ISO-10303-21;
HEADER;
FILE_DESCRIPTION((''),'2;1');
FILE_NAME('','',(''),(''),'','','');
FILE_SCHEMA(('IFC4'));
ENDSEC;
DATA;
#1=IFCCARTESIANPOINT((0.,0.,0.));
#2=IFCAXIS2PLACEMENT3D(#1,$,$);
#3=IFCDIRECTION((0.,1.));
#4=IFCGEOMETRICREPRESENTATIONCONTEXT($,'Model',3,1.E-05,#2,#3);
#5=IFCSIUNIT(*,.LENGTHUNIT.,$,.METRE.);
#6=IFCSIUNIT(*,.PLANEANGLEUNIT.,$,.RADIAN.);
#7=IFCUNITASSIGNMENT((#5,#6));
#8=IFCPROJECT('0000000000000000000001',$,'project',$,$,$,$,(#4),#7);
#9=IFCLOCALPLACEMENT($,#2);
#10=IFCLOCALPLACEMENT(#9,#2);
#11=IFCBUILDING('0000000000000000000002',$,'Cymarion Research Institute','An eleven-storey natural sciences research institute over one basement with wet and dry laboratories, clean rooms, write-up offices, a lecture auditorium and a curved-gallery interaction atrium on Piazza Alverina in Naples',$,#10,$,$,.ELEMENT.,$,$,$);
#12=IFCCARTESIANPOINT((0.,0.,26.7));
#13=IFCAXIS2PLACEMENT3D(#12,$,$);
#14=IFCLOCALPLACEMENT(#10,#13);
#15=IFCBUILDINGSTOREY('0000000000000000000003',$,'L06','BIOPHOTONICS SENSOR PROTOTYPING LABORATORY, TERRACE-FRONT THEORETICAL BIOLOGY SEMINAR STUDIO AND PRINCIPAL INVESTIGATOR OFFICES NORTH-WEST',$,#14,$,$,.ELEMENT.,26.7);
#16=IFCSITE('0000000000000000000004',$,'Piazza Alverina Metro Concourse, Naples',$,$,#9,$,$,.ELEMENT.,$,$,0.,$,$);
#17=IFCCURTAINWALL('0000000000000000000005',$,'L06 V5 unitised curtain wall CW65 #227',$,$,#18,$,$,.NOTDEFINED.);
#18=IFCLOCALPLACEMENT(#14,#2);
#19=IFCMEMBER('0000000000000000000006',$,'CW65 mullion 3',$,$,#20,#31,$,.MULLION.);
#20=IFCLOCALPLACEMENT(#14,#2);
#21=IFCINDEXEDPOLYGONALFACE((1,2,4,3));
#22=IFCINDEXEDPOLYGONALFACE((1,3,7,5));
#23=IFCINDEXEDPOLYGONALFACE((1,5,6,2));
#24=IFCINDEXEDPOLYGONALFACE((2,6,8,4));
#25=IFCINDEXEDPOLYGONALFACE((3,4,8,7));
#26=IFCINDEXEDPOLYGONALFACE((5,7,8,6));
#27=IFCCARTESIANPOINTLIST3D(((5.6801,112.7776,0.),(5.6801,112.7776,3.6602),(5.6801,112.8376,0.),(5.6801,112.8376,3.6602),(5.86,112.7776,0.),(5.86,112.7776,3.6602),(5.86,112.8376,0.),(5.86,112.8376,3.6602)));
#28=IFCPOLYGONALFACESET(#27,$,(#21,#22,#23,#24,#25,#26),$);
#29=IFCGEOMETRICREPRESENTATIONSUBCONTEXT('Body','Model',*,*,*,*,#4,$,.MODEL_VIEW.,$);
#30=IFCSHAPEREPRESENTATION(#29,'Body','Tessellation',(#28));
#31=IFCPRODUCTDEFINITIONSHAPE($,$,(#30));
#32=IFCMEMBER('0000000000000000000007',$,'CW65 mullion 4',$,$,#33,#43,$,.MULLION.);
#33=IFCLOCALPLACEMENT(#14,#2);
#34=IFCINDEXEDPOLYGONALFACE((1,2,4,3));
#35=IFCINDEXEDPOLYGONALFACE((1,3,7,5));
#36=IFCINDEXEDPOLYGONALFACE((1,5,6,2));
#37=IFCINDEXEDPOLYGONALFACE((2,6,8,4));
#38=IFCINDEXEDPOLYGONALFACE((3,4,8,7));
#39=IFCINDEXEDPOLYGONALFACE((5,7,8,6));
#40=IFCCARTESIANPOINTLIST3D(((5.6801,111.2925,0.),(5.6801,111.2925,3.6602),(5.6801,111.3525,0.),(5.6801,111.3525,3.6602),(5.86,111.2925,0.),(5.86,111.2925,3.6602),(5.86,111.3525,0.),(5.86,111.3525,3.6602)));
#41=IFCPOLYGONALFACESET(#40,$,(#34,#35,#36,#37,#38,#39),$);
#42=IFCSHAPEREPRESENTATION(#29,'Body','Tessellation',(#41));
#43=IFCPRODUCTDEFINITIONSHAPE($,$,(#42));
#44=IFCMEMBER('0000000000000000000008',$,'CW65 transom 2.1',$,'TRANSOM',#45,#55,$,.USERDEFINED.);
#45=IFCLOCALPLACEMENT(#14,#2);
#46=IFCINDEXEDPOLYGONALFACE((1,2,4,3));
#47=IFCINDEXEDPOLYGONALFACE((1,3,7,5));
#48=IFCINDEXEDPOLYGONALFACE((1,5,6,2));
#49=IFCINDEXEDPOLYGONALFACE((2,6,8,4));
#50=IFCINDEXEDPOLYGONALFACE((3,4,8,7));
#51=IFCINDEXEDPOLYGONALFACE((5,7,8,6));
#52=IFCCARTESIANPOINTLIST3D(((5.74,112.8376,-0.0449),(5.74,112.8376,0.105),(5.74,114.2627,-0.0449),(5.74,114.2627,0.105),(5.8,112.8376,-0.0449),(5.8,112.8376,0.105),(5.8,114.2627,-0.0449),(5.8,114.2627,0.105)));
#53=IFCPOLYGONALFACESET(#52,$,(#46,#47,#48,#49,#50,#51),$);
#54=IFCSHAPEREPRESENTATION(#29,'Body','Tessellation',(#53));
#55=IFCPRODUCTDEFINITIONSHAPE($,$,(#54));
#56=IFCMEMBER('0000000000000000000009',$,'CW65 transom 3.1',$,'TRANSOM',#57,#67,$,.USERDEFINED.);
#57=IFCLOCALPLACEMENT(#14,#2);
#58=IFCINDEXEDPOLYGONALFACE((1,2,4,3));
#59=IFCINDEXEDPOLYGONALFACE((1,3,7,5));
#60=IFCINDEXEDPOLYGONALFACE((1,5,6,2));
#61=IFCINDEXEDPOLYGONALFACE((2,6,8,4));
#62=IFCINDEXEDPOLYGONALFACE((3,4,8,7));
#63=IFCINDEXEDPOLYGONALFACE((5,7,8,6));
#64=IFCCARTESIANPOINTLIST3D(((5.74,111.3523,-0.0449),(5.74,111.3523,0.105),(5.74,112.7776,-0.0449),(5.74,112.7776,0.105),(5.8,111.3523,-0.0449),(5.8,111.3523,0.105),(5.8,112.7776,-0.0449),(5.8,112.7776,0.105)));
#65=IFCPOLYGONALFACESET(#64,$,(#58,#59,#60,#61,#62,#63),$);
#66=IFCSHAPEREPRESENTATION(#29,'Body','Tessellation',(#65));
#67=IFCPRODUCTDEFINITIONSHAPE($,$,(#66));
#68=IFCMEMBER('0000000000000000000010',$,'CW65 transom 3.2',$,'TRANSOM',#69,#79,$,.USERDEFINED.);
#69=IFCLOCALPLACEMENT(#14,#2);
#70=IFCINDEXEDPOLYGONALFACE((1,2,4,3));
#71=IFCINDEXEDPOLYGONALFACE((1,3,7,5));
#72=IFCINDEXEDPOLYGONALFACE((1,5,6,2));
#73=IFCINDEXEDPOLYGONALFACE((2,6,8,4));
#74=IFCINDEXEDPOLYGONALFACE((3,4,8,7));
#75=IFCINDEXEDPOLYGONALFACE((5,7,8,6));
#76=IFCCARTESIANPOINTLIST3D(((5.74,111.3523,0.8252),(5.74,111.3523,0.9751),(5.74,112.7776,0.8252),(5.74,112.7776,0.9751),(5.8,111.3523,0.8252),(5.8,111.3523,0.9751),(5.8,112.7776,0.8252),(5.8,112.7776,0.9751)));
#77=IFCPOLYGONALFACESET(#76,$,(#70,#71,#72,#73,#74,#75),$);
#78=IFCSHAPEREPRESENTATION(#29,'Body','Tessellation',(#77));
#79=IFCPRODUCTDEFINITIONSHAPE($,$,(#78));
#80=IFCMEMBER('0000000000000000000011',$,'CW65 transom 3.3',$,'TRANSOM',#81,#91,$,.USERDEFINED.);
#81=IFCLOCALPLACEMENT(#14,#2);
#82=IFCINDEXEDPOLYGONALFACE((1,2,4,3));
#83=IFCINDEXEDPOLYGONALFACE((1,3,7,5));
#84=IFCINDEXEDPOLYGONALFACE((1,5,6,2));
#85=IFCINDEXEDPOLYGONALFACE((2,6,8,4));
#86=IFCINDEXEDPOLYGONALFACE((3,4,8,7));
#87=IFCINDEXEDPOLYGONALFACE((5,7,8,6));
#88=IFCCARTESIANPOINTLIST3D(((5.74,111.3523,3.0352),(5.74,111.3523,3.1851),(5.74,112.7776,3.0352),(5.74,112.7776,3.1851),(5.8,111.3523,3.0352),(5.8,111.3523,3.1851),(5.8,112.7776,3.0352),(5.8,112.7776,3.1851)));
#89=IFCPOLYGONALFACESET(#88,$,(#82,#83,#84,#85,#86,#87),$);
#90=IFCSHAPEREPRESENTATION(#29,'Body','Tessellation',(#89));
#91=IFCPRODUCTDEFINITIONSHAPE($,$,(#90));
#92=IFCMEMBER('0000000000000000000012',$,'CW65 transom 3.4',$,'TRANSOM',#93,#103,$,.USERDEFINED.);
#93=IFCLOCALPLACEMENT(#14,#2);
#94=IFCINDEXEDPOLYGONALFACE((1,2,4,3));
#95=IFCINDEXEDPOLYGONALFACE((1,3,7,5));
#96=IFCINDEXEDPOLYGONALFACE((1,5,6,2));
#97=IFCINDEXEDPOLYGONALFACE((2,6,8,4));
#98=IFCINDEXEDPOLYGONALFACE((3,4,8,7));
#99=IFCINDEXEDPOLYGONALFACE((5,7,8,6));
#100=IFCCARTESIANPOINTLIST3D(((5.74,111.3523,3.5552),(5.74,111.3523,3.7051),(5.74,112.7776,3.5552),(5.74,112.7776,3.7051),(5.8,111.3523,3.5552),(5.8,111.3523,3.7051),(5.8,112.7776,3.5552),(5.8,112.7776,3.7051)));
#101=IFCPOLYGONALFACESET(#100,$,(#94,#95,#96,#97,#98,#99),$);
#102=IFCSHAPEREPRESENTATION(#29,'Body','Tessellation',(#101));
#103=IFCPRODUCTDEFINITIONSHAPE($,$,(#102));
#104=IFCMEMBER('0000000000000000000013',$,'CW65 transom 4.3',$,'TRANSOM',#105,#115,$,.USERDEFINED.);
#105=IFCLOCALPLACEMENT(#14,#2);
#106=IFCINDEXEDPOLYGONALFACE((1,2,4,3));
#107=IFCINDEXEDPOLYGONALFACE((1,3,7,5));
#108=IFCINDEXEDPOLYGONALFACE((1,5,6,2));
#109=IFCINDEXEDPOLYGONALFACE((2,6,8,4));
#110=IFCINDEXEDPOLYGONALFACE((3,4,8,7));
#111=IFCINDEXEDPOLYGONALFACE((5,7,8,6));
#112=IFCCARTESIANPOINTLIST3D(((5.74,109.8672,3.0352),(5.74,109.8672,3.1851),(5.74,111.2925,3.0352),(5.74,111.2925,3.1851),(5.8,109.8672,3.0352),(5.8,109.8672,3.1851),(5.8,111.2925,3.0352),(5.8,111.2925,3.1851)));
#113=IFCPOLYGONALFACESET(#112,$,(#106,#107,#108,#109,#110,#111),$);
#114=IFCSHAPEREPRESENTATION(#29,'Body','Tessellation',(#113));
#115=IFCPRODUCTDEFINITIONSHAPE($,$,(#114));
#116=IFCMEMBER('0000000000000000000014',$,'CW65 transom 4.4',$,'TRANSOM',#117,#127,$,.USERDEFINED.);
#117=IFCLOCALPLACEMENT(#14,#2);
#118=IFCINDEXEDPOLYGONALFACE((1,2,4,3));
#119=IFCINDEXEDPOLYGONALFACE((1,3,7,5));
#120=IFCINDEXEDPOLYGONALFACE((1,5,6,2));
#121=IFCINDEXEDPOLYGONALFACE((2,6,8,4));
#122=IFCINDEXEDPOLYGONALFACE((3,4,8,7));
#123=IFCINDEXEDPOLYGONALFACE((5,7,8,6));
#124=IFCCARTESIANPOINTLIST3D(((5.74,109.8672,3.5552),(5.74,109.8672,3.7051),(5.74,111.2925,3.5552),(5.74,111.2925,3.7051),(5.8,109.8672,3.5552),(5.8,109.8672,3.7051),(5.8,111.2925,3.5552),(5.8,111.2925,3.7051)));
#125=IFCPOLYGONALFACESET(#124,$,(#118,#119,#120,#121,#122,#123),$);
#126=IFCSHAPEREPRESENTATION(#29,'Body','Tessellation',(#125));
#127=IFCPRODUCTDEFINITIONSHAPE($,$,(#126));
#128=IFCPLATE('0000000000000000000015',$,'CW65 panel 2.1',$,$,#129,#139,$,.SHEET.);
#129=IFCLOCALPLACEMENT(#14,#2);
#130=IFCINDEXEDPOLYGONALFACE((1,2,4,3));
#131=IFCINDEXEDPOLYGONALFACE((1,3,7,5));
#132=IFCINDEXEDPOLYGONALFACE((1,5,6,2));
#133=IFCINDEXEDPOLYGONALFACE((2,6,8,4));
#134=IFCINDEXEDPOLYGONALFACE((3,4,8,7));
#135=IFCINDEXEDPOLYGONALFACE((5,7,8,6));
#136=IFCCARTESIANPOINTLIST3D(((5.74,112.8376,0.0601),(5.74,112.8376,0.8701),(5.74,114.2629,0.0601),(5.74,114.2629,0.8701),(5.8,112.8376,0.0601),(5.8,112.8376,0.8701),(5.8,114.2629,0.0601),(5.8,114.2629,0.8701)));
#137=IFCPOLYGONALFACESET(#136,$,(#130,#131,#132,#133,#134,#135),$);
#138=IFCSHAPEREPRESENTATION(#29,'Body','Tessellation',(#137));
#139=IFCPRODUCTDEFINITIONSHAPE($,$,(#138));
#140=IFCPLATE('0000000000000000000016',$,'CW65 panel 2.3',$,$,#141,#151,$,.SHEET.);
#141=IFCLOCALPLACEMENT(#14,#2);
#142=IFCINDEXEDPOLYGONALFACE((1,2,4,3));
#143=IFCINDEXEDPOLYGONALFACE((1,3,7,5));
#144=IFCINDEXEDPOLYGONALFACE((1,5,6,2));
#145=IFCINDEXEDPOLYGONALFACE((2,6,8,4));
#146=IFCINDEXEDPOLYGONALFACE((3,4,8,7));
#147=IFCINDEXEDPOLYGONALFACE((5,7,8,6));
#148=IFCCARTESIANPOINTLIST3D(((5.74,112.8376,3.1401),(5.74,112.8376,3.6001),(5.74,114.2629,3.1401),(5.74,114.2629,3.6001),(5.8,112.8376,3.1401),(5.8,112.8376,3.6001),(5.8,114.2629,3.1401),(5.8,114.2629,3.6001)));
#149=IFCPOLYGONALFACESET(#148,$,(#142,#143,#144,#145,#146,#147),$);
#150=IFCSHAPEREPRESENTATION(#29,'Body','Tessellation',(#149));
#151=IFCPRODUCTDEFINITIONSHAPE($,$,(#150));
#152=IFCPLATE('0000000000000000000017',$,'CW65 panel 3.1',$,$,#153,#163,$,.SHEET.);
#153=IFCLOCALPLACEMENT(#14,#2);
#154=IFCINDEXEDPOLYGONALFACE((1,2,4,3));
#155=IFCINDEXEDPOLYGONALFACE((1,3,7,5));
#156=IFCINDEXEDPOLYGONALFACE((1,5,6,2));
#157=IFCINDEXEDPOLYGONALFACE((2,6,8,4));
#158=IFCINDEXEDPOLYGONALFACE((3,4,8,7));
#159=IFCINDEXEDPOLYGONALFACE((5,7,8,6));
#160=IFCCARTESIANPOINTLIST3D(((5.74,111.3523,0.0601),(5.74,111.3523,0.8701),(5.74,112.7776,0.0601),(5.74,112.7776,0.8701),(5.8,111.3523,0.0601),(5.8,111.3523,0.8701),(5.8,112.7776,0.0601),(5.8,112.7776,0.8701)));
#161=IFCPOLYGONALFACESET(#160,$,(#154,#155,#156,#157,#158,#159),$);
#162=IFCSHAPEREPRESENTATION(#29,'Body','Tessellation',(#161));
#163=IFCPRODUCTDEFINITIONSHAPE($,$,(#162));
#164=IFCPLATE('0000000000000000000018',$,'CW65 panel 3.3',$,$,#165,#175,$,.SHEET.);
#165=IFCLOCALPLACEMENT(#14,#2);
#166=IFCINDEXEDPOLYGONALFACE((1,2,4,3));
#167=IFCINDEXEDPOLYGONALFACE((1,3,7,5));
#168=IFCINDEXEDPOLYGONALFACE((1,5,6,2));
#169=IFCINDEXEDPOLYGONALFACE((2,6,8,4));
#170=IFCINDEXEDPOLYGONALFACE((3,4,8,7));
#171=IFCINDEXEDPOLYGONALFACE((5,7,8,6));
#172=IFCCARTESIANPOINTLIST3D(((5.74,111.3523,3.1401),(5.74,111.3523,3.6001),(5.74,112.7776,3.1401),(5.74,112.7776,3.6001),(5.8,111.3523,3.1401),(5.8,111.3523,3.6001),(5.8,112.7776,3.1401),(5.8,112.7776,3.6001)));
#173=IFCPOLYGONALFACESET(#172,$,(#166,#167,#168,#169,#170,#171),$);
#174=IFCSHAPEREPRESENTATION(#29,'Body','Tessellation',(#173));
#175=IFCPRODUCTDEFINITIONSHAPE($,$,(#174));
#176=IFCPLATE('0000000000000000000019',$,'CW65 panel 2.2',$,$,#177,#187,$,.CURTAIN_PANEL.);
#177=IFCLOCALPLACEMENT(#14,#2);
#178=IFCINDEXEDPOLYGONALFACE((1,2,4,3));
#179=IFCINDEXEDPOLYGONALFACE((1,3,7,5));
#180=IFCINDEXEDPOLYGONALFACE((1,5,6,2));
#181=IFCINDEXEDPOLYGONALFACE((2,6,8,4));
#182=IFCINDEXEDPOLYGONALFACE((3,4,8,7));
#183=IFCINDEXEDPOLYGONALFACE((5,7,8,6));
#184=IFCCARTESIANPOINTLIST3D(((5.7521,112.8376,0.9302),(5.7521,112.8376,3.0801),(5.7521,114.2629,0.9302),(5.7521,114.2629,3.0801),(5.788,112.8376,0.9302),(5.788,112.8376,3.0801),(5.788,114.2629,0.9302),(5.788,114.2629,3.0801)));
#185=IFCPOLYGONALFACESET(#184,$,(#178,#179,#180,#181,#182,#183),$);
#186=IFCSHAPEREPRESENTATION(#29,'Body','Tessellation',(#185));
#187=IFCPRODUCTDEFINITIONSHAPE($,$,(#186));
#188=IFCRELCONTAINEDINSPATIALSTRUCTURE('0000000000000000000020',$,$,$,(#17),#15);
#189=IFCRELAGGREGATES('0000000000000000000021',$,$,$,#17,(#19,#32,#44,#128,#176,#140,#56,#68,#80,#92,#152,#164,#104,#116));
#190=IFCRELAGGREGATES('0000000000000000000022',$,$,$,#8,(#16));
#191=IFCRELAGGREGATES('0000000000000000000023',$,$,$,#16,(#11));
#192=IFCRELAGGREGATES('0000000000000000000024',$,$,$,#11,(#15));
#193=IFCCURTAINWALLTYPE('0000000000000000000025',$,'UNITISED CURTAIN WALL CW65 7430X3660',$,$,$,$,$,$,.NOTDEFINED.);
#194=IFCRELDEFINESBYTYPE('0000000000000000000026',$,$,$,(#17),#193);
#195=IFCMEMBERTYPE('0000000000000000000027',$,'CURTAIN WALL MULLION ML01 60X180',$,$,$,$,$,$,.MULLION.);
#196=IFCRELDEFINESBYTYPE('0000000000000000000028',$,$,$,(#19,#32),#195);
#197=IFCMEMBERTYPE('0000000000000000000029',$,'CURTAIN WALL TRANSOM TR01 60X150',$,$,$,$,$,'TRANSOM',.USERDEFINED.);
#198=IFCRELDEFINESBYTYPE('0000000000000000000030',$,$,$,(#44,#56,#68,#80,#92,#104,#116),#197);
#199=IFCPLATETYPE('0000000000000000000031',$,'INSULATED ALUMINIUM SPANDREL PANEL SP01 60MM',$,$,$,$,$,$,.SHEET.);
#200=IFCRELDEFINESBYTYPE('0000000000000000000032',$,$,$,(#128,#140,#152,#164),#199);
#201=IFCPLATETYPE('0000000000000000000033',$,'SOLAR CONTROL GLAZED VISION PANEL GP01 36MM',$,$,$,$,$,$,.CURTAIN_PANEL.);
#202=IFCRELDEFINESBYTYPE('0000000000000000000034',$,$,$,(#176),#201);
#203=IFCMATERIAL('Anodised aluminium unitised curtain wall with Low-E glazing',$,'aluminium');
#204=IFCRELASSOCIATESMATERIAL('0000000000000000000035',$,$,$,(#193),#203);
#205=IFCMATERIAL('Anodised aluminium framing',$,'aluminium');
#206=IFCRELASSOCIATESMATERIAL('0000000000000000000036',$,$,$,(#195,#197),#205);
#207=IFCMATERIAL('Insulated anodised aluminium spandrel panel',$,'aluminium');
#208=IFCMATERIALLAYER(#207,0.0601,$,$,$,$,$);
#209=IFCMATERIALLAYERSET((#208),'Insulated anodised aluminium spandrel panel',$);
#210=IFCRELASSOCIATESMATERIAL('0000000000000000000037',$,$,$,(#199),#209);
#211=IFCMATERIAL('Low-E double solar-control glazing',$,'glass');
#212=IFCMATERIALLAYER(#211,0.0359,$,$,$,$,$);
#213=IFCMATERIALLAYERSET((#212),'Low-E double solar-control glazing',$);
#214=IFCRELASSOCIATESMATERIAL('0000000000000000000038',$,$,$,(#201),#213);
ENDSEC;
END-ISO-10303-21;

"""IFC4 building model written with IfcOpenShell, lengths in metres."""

from ifc_helpers import new_model, si_unit, direction, frame, origin, origin_2d, place, context, subcontext, project, spatial, rectangle, extrude, material, layer, layer_set, material_profile, profile_set, type_object, element, aggregate, save


model = new_model("IFC4")

# Units and contexts
model_context = context("Model", 3, precision=1e-05, world=origin(), true_north=direction((0.0, 1.0)))
body_context = subcontext(model_context, "Body", "Model", "MODEL_VIEW")
ifc_project = project(units=[si_unit("LENGTHUNIT", "METRE"), si_unit("PLANEANGLEUNIT", "RADIAN")], contexts=[model_context])

# Site, building, storey
site_placement = place(None, origin())
site = spatial("IfcSite", under=ifc_project, at=site_placement, Name="Piazza Alverina Metro Concourse, Naples", CompositionType="ELEMENT", RefElevation=0.0)
building_placement = place(site_placement, origin())
building = spatial("IfcBuilding", under=site, at=building_placement, Name="Cymarion Research Institute", Description="An eleven-storey natural sciences research institute over one basement with wet and dry laboratories, clean rooms, write-up offices, a lecture auditorium and a curved-gallery interaction atrium on Piazza Alverina in Naples", CompositionType="ELEMENT")
storey_placement = place(building_placement, frame((0.0, 0.0, 26.7)))
storey = spatial("IfcBuildingStorey", under=building, at=storey_placement, Name="L06", Description="BIOPHOTONICS SENSOR PROTOTYPING LABORATORY, TERRACE-FRONT THEORETICAL BIOLOGY SEMINAR STUDIO AND PRINCIPAL INVESTIGATOR OFFICES NORTH-WEST", CompositionType="ELEMENT", Elevation=26.7)

# Curtain wall, members, plates
ifc_material_1 = material(Name="Anodised aluminium unitised curtain wall with Low-E glazing", Category="aluminium")
curtain_wall_type = type_object("IfcCurtainWallType", Name="UNITISED CURTAIN WALL CW65 7430X3660", PredefinedType="NOTDEFINED", material=ifc_material_1)
curtain_wall_placement = place(storey_placement, origin())
curtain_wall = element("IfcCurtainWall", 1, at=curtain_wall_placement, inside=storey, type_object=curtain_wall_type, Name="L06 V5 unitised curtain wall CW65 #227", PredefinedType="NOTDEFINED")
ifc_material_2 = material(Name="Anodised aluminium framing", Category="aluminium")
ifc_material_profile_1 = material_profile(ifc_material_2, rectangle(XDim=0.0601, YDim=0.1799, at=origin_2d()), Name="ALU MULLION 60x180")
ifc_profile_set_1 = profile_set([ifc_material_profile_1], Name="Anodised aluminium framing")
member_type_1 = type_object("IfcMemberType", Name="CURTAIN WALL MULLION ML01 60X180", PredefinedType="MULLION", material=ifc_profile_set_1)
member_1_placement = place(storey_placement, frame((5.77, 112.8076, 0.0), z_axis=(0.0, 0.0, 1.0), x_axis=(0.0, -1.0, 0.0)))
member_1 = element("IfcMember", 2, at=member_1_placement, type_object=member_type_1, Name="CW65 mullion 3", PredefinedType="MULLION", context=body_context, shape_type="SweptSolid", body=[
    extrude(rectangle(XDim=0.0601, YDim=0.1799, at=origin_2d()), origin(), (0.0, 0.0, 1.0), 3.6602),
])
member_2_placement = place(storey_placement, frame((5.77, 111.3225, 0.0), z_axis=(0.0, 0.0, 1.0), x_axis=(0.0, -1.0, 0.0)))
member_2 = element("IfcMember", 3, at=member_2_placement, type_object=member_type_1, Name="CW65 mullion 4", PredefinedType="MULLION", context=body_context, shape_type="SweptSolid", body=[
    extrude(rectangle(XDim=0.0601, YDim=0.1799, at=origin_2d()), origin(), (0.0, 0.0, 1.0), 3.6602),
])
ifc_material_profile_2 = material_profile(ifc_material_2, rectangle(XDim=0.0601, YDim=0.1499, at=origin_2d()), Name="ALU TRANSOM 60x150")
ifc_profile_set_2 = profile_set([ifc_material_profile_2], Name="Anodised aluminium framing")
member_type_2 = type_object("IfcMemberType", Name="CURTAIN WALL TRANSOM TR01 60X150", ElementType="TRANSOM", PredefinedType="USERDEFINED", material=ifc_profile_set_2)
member_3_placement = place(storey_placement, frame((5.77, 114.2627, 0.03), z_axis=(0.0, -1.0, 0.0), x_axis=(1.0, 0.0, 0.0)))
member_3 = element("IfcMember", 4, at=member_3_placement, type_object=member_type_2, Name="CW65 transom 2.1", ObjectType="TRANSOM", PredefinedType="USERDEFINED", context=body_context, shape_type="SweptSolid", body=[
    extrude(rectangle(XDim=0.0601, YDim=0.1499, at=origin_2d()), origin(), (0.0, 0.0, 1.0), 1.425),
])
member_4_placement = place(storey_placement, frame((5.77, 112.7776, 0.03), z_axis=(0.0, -1.0, 0.0), x_axis=(1.0, 0.0, 0.0)))
member_4 = element("IfcMember", 5, at=member_4_placement, type_object=member_type_2, Name="CW65 transom 3.1", ObjectType="TRANSOM", PredefinedType="USERDEFINED", context=body_context, shape_type="SweptSolid", body=[
    extrude(rectangle(XDim=0.0601, YDim=0.1499, at=origin_2d()), origin(), (0.0, 0.0, 1.0), 1.4253),
])
member_5_placement = place(storey_placement, frame((5.77, 112.7776, 0.9001), z_axis=(0.0, -1.0, 0.0), x_axis=(1.0, 0.0, 0.0)))
member_5 = element("IfcMember", 6, at=member_5_placement, type_object=member_type_2, Name="CW65 transom 3.2", ObjectType="TRANSOM", PredefinedType="USERDEFINED", context=body_context, shape_type="SweptSolid", body=[
    extrude(rectangle(XDim=0.0601, YDim=0.1499, at=origin_2d()), origin(), (0.0, 0.0, 1.0), 1.4253),
])
member_6_placement = place(storey_placement, frame((5.77, 112.7776, 3.1101), z_axis=(0.0, -1.0, 0.0), x_axis=(1.0, 0.0, 0.0)))
member_6 = element("IfcMember", 7, at=member_6_placement, type_object=member_type_2, Name="CW65 transom 3.3", ObjectType="TRANSOM", PredefinedType="USERDEFINED", context=body_context, shape_type="SweptSolid", body=[
    extrude(rectangle(XDim=0.0601, YDim=0.1499, at=origin_2d()), origin(), (0.0, 0.0, 1.0), 1.4253),
])
member_7_placement = place(storey_placement, frame((5.77, 112.7776, 3.6301), z_axis=(0.0, -1.0, 0.0), x_axis=(1.0, 0.0, 0.0)))
member_7 = element("IfcMember", 8, at=member_7_placement, type_object=member_type_2, Name="CW65 transom 3.4", ObjectType="TRANSOM", PredefinedType="USERDEFINED", context=body_context, shape_type="SweptSolid", body=[
    extrude(rectangle(XDim=0.0601, YDim=0.1499, at=origin_2d()), origin(), (0.0, 0.0, 1.0), 1.4253),
])
member_8_placement = place(storey_placement, frame((5.77, 111.2925, 3.1101), z_axis=(0.0, -1.0, 0.0), x_axis=(1.0, 0.0, 0.0)))
member_8 = element("IfcMember", 9, at=member_8_placement, type_object=member_type_2, Name="CW65 transom 4.3", ObjectType="TRANSOM", PredefinedType="USERDEFINED", context=body_context, shape_type="SweptSolid", body=[
    extrude(rectangle(XDim=0.0601, YDim=0.1499, at=origin_2d()), origin(), (0.0, 0.0, 1.0), 1.4253),
])
member_9_placement = place(storey_placement, frame((5.77, 111.2925, 3.6301), z_axis=(0.0, -1.0, 0.0), x_axis=(1.0, 0.0, 0.0)))
member_9 = element("IfcMember", 10, at=member_9_placement, type_object=member_type_2, Name="CW65 transom 4.4", ObjectType="TRANSOM", PredefinedType="USERDEFINED", context=body_context, shape_type="SweptSolid", body=[
    extrude(rectangle(XDim=0.0601, YDim=0.1499, at=origin_2d()), origin(), (0.0, 0.0, 1.0), 1.4253),
])
ifc_material_3 = material(Name="Insulated anodised aluminium spandrel panel", Category="aluminium")
ifc_layer_1 = layer(ifc_material_3, 0.0601)
ifc_layer_set_1 = layer_set([ifc_layer_1], Name="Insulated anodised aluminium spandrel panel")
plate_type_1 = type_object("IfcPlateType", Name="INSULATED ALUMINIUM SPANDREL PANEL SP01 60MM", PredefinedType="SHEET", material=ifc_layer_set_1)
plate_1_placement = place(storey_placement, frame((5.77, 113.5503, 0.0601), z_axis=(0.0, 0.0, 1.0), x_axis=(0.0, -1.0, 0.0)))
plate_1 = element("IfcPlate", 11, at=plate_1_placement, type_object=plate_type_1, Name="CW65 panel 2.1", PredefinedType="SHEET", context=body_context, shape_type="SweptSolid", body=[
    extrude(rectangle(XDim=1.4253, YDim=0.0601, at=origin_2d()), origin(), (0.0, 0.0, 1.0), 0.8101),
])
plate_2_placement = place(storey_placement, frame((5.77, 113.5503, 3.1401), z_axis=(0.0, 0.0, 1.0), x_axis=(0.0, -1.0, 0.0)))
plate_2 = element("IfcPlate", 12, at=plate_2_placement, type_object=plate_type_1, Name="CW65 panel 2.3", PredefinedType="SHEET", context=body_context, shape_type="SweptSolid", body=[
    extrude(rectangle(XDim=1.4253, YDim=0.0601, at=origin_2d()), origin(), (0.0, 0.0, 1.0), 0.46),
])
plate_3_placement = place(storey_placement, frame((5.77, 112.0649, 0.0601), z_axis=(0.0, 0.0, 1.0), x_axis=(0.0, -1.0, 0.0)))
plate_3 = element("IfcPlate", 13, at=plate_3_placement, type_object=plate_type_1, Name="CW65 panel 3.1", PredefinedType="SHEET", context=body_context, shape_type="SweptSolid", body=[
    extrude(rectangle(XDim=1.4253, YDim=0.0601, at=origin_2d()), origin(), (0.0, 0.0, 1.0), 0.8101),
])
plate_4_placement = place(storey_placement, frame((5.77, 112.0649, 3.1401), z_axis=(0.0, 0.0, 1.0), x_axis=(0.0, -1.0, 0.0)))
plate_4 = element("IfcPlate", 14, at=plate_4_placement, type_object=plate_type_1, Name="CW65 panel 3.3", PredefinedType="SHEET", context=body_context, shape_type="SweptSolid", body=[
    extrude(rectangle(XDim=1.4253, YDim=0.0601, at=origin_2d()), origin(), (0.0, 0.0, 1.0), 0.46),
])
ifc_material_4 = material(Name="Low-E double solar-control glazing", Category="glass")
ifc_layer_2 = layer(ifc_material_4, 0.0359)
ifc_layer_set_2 = layer_set([ifc_layer_2], Name="Low-E double solar-control glazing")
plate_type_2 = type_object("IfcPlateType", Name="SOLAR CONTROL GLAZED VISION PANEL GP01 36MM", PredefinedType="CURTAIN_PANEL", material=ifc_layer_set_2)
plate_5_placement = place(storey_placement, frame((5.77, 113.5503, 0.9302), z_axis=(0.0, 0.0, 1.0), x_axis=(0.0, -1.0, 0.0)))
plate_5 = element("IfcPlate", 15, at=plate_5_placement, type_object=plate_type_2, Name="CW65 panel 2.2", PredefinedType="CURTAIN_PANEL", context=body_context, shape_type="SweptSolid", body=[
    extrude(rectangle(XDim=1.4253, YDim=0.0359, at=origin_2d()), origin(), (0.0, 0.0, 1.0), 2.1499),
])
aggregate(curtain_wall, [member_1, member_2, member_3, plate_1, plate_5, plate_2, member_4, member_5, member_6, member_7, plate_3, plate_4, member_8, member_9])

save(model, "model.ifc")
